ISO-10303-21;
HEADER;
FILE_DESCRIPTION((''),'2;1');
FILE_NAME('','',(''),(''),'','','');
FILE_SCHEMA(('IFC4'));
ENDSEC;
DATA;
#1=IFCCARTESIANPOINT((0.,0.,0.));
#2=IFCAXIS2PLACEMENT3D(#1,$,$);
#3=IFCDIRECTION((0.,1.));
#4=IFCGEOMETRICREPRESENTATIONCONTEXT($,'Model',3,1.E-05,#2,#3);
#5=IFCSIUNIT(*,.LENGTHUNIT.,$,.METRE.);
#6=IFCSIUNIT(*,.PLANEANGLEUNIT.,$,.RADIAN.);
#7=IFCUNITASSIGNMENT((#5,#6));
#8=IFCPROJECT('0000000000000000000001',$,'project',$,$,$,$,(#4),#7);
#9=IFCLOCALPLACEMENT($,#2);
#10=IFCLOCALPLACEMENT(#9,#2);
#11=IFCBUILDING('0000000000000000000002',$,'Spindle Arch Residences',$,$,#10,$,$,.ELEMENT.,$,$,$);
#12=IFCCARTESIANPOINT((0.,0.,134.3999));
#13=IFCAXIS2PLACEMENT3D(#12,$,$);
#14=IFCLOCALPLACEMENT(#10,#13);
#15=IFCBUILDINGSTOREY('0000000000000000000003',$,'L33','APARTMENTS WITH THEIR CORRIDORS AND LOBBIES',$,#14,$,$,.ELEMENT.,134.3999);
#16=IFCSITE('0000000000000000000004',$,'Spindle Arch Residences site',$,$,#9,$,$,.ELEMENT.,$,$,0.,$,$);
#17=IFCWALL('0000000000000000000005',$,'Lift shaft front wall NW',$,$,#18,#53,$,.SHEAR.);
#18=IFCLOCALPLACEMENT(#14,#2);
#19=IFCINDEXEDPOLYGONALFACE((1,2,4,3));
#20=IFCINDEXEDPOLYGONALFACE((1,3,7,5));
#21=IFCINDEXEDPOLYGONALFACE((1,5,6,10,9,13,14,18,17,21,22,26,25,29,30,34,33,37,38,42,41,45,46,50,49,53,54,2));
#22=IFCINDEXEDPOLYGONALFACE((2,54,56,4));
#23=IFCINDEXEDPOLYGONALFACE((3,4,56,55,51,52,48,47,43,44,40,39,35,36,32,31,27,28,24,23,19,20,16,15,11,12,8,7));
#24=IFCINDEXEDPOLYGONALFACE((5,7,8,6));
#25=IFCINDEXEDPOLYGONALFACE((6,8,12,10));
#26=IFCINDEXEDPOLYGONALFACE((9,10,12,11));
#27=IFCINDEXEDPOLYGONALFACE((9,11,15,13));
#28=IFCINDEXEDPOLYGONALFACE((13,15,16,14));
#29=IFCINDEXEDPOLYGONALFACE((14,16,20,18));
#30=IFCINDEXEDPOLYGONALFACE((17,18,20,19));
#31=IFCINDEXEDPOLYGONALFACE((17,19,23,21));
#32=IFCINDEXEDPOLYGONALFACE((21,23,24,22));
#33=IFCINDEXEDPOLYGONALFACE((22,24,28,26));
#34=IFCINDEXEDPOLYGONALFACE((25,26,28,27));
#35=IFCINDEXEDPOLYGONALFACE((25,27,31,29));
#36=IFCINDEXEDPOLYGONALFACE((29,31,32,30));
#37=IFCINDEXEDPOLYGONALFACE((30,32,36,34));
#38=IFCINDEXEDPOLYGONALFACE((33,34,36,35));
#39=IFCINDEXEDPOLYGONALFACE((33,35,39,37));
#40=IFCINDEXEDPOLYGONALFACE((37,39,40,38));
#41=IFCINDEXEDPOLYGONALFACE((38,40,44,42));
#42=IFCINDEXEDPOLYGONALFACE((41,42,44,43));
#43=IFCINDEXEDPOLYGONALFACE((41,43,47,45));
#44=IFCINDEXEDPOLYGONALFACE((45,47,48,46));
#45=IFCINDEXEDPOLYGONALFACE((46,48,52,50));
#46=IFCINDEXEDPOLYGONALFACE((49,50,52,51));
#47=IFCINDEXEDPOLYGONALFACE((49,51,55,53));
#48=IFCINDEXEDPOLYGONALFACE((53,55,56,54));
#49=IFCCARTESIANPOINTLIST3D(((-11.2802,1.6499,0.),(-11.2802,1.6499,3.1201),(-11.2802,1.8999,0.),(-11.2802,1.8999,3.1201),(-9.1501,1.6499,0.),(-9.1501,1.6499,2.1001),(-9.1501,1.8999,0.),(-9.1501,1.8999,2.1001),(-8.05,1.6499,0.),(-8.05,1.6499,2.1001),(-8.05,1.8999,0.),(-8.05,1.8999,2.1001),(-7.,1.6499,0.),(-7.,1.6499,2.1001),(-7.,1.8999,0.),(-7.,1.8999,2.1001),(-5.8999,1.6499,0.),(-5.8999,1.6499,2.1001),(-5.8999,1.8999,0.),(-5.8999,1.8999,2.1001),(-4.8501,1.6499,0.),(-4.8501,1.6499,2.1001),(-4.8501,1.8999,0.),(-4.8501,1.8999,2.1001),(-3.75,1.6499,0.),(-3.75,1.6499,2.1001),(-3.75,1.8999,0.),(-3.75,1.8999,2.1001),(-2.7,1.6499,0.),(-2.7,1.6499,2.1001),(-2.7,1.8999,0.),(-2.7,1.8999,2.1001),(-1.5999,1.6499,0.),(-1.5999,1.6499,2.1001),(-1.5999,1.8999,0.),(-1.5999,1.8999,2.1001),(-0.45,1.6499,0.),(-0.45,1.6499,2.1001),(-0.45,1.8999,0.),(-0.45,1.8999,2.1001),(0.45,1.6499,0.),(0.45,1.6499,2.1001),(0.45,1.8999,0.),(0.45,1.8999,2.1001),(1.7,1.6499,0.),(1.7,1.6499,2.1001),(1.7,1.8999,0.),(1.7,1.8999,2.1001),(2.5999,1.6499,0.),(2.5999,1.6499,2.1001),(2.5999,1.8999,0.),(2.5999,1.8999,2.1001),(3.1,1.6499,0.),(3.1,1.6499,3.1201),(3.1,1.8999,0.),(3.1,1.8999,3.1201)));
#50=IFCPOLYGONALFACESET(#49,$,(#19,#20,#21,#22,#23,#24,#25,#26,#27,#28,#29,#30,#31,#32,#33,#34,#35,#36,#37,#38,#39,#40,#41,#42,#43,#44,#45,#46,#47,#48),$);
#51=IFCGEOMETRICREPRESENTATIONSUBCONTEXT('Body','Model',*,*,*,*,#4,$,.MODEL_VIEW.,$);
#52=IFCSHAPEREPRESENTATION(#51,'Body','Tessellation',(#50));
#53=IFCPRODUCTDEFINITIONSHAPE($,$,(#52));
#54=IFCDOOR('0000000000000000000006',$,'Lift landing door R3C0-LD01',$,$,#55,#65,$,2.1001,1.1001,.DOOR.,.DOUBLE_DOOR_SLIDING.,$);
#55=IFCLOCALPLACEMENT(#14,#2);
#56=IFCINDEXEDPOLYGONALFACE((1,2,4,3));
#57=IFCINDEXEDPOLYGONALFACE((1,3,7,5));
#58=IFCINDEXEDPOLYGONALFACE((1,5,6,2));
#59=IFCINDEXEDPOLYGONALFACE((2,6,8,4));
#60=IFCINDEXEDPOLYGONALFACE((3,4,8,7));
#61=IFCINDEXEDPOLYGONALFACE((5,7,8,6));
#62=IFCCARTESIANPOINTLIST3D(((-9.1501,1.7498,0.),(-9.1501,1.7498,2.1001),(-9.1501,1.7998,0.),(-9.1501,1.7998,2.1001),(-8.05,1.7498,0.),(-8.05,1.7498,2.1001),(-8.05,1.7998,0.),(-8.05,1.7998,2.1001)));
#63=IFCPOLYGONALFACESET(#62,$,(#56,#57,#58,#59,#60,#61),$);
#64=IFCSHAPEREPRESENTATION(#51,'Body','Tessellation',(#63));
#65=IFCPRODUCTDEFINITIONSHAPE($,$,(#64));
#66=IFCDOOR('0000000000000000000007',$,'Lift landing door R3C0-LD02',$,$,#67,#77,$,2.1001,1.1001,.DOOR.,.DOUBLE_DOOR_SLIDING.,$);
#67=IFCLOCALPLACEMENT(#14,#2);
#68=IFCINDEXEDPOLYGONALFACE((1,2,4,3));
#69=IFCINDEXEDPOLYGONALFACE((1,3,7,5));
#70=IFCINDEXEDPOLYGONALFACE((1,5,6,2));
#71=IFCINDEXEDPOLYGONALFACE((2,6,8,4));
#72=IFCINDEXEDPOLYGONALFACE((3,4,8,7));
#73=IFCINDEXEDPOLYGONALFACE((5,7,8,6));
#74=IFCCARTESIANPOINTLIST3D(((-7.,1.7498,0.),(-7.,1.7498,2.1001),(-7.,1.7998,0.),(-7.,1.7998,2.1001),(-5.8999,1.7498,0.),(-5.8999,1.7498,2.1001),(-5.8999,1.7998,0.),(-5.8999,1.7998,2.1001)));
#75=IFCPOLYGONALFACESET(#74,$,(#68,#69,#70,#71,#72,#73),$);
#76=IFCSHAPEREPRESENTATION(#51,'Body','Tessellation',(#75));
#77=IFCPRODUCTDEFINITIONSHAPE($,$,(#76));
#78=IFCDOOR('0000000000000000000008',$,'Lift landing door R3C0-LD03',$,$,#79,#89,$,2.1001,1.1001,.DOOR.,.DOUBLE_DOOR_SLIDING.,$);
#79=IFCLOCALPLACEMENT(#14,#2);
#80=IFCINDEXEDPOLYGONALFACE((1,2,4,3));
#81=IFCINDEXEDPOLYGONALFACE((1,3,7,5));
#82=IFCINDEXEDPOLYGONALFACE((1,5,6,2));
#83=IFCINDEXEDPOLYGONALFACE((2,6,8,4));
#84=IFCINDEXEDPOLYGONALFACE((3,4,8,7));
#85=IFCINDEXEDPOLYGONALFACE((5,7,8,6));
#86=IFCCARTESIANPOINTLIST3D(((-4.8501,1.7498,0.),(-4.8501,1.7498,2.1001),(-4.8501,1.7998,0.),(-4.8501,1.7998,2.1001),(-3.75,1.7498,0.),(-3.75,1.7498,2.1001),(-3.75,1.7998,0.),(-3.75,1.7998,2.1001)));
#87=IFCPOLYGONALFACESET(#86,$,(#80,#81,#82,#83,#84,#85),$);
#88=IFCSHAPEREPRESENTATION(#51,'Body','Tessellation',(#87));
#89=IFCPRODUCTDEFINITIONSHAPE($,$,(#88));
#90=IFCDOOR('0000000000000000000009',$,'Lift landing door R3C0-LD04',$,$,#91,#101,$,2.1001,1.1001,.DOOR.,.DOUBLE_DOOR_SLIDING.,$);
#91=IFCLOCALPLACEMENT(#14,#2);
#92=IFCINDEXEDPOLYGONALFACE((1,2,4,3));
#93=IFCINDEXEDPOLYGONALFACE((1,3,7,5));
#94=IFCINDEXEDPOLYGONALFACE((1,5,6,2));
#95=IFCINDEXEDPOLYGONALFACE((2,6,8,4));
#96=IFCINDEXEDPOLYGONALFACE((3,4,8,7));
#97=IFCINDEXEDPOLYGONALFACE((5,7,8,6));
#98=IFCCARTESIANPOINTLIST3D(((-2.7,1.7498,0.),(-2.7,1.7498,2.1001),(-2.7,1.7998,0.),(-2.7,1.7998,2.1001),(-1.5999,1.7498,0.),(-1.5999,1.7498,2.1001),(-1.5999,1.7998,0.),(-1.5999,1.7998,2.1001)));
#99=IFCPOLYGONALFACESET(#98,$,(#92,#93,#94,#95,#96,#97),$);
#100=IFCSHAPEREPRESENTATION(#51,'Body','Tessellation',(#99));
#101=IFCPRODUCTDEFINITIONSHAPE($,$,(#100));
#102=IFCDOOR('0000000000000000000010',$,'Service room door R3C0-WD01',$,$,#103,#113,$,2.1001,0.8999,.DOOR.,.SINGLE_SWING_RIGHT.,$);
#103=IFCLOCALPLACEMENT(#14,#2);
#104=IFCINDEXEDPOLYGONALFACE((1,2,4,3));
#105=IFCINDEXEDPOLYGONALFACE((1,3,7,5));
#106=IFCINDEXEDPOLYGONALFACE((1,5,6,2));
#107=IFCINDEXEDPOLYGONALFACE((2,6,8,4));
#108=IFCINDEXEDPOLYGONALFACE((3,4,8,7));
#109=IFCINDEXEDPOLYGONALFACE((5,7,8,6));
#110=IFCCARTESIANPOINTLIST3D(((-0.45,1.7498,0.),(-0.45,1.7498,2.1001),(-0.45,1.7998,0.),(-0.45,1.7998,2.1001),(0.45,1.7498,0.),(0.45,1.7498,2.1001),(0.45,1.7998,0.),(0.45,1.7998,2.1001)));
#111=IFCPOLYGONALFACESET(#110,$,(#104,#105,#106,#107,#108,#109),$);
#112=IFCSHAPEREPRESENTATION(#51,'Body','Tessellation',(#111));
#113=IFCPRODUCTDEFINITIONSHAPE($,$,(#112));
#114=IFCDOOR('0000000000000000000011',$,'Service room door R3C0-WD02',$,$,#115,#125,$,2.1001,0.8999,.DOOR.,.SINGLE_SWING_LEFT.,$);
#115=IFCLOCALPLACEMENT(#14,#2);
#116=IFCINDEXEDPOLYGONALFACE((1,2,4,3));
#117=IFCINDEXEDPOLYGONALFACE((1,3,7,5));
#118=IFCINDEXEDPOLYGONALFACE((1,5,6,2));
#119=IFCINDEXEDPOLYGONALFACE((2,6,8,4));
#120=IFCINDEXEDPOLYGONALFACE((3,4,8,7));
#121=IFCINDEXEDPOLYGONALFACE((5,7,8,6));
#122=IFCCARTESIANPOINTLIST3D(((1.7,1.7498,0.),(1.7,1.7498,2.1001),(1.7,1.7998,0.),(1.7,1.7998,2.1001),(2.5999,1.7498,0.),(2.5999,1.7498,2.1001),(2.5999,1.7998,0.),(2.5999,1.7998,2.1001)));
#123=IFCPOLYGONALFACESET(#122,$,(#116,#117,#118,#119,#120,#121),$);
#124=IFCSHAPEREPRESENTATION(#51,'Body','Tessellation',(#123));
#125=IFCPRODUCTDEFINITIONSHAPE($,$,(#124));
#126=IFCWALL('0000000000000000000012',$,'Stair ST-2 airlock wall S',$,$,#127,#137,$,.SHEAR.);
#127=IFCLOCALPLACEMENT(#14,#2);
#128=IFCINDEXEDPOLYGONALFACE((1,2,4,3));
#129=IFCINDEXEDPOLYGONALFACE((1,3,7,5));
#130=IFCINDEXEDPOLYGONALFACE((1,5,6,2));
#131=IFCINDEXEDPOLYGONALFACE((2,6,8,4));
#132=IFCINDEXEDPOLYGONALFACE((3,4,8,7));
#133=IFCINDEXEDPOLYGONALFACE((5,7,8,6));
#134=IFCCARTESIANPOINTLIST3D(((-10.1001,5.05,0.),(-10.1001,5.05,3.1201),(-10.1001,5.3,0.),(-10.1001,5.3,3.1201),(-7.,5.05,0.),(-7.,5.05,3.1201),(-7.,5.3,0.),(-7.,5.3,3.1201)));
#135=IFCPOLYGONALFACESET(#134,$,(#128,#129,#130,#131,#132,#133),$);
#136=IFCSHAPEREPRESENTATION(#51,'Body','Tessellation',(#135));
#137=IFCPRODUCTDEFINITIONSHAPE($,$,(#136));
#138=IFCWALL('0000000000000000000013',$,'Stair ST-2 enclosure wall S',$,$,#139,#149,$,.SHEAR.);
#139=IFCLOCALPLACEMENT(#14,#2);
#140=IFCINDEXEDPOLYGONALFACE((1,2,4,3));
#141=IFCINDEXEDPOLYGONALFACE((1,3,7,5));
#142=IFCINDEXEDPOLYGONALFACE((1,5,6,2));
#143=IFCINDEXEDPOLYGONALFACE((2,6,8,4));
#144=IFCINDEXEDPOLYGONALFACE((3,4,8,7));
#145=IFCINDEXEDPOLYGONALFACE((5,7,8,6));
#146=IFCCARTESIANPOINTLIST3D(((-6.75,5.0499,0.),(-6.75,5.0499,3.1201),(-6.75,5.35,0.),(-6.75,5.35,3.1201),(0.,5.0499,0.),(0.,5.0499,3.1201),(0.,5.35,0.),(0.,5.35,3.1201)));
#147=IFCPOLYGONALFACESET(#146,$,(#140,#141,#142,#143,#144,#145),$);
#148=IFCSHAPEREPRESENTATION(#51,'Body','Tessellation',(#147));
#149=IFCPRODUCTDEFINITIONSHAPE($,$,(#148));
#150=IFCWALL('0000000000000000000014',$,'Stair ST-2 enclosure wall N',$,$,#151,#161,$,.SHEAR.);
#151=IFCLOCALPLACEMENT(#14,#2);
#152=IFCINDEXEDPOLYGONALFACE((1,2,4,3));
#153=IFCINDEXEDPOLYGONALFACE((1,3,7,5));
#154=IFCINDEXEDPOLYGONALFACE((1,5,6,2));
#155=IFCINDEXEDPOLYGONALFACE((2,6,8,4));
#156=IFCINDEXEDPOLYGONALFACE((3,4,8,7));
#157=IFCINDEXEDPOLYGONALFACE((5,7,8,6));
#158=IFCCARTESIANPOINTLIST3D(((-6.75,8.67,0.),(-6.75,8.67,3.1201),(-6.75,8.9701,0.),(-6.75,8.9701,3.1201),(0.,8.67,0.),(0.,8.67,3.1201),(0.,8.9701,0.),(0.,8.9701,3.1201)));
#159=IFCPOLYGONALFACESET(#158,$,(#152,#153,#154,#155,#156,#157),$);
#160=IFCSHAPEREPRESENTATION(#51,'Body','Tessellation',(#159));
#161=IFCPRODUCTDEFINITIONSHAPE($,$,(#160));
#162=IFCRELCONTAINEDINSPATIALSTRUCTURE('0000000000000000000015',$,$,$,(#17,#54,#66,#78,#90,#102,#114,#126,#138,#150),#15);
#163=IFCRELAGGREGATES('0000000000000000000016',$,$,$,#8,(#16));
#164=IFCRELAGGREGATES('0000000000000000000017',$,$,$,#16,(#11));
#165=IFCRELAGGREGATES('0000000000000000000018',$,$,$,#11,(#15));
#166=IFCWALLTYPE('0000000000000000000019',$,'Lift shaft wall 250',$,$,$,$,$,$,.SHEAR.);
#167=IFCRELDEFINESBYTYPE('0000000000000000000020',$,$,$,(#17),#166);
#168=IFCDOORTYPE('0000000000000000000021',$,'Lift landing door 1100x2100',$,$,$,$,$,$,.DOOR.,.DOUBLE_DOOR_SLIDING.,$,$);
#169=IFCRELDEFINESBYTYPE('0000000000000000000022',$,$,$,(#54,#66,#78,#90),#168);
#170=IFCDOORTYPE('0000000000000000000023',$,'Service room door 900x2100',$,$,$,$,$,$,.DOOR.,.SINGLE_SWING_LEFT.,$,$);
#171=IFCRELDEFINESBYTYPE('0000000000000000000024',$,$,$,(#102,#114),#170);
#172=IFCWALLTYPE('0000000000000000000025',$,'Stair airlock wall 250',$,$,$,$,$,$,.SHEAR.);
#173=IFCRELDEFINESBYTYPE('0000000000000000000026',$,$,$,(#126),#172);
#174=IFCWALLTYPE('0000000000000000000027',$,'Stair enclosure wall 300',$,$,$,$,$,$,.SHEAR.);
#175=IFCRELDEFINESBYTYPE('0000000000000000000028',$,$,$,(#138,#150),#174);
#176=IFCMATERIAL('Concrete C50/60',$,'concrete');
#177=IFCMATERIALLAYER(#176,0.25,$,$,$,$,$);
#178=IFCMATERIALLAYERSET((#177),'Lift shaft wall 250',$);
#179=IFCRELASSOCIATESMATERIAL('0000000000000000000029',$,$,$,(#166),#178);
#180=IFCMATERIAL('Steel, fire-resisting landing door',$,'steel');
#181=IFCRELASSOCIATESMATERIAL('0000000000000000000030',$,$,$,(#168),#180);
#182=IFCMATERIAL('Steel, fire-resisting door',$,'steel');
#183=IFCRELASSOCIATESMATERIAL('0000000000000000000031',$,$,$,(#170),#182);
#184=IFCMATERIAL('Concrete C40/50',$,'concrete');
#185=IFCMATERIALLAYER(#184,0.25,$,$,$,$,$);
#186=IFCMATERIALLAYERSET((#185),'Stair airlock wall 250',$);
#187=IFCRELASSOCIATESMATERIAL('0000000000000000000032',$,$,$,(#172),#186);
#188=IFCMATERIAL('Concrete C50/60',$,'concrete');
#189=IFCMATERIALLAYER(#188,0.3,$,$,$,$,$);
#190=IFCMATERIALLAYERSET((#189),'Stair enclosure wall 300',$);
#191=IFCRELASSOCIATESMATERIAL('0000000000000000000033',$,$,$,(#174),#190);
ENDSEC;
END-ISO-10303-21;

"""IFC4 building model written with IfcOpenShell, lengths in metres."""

from ifc_helpers import new_model, si_unit, direction, frame, frame_2d, origin, place, context, subcontext, project, spatial, rectangle, extrude, material, layer, layer_set, type_object, element, fill, save


model = new_model("IFC4")

# Units and contexts
model_context = context("Model", 3, precision=1e-05, world=origin(), true_north=direction((0.0, 1.0)))
body_context = subcontext(model_context, "Body", "Model", "MODEL_VIEW")
ifc_project = project(units=[si_unit("LENGTHUNIT", "METRE"), si_unit("PLANEANGLEUNIT", "RADIAN")], contexts=[model_context])

# Site, building, storey
site_placement = place(None, origin())
site = spatial("IfcSite", under=ifc_project, at=site_placement, Name="Spindle Arch Residences site", CompositionType="ELEMENT", RefElevation=0.0)
building_placement = place(site_placement, origin())
building = spatial("IfcBuilding", under=site, at=building_placement, Name="Spindle Arch Residences", CompositionType="ELEMENT")
storey_placement = place(building_placement, frame((0.0, 0.0, 134.3999)))
storey = spatial("IfcBuildingStorey", under=building, at=storey_placement, Name="L33", Description="APARTMENTS WITH THEIR CORRIDORS AND LOBBIES", CompositionType="ELEMENT", Elevation=134.3999)

# Wall, openings, doors
ifc_material_1 = material(Name="Concrete C50/60", Category="concrete")
ifc_layer_1 = layer(ifc_material_1, 0.25)
ifc_layer_set_1 = layer_set([ifc_layer_1], Name="Lift shaft wall 250")
wall_type_1 = type_object("IfcWallType", Name="Lift shaft wall 250", PredefinedType="SHEAR", material=ifc_layer_set_1)
wall_1_placement = place(storey_placement, frame((-11.28, 1.7749, 0.0), z_axis=(0.0, 0.0, 1.0), x_axis=(1.0, 0.0, 0.0)))
wall_1 = element("IfcWall", 1, at=wall_1_placement, inside=storey, type_object=wall_type_1, Name="Lift shaft front wall NW", PredefinedType="SHEAR", context=body_context, shape_type="SweptSolid", body=[
    extrude(rectangle(XDim=14.3801, YDim=0.25, at=frame_2d((7.1899, 0.0))), origin(), (0.0, 0.0, 1.0), 3.1201),
])
opening_1_placement = place(wall_1_placement, frame((2.1299, 0.0, 0.0)))
opening_1 = element("IfcOpeningElement", 2, at=opening_1_placement, cuts=wall_1, PredefinedType="OPENING", context=body_context, shape_type="SweptSolid", body=[
    extrude(rectangle(XDim=1.1001, YDim=2.1001, at=frame_2d((0.55, 1.05))), frame((0.0, 0.135, 0.0), z_axis=(0.0, -1.0, 0.0), x_axis=(1.0, 0.0, 0.0)), (0.0, 0.0, 1.0), 0.27),
])
opening_2_placement = place(wall_1_placement, frame((4.28, 0.0, 0.0)))
opening_2 = element("IfcOpeningElement", 3, at=opening_2_placement, cuts=wall_1, PredefinedType="OPENING", context=body_context, shape_type="SweptSolid", body=[
    extrude(rectangle(XDim=1.1001, YDim=2.1001, at=frame_2d((0.55, 1.05))), frame((0.0, 0.135, 0.0), z_axis=(0.0, -1.0, 0.0), x_axis=(1.0, 0.0, 0.0)), (0.0, 0.0, 1.0), 0.27),
])
opening_3_placement = place(wall_1_placement, frame((6.4299, 0.0, 0.0)))
opening_3 = element("IfcOpeningElement", 4, at=opening_3_placement, cuts=wall_1, PredefinedType="OPENING", context=body_context, shape_type="SweptSolid", body=[
    extrude(rectangle(XDim=1.1001, YDim=2.1001, at=frame_2d((0.55, 1.05))), frame((0.0, 0.135, 0.0), z_axis=(0.0, -1.0, 0.0), x_axis=(1.0, 0.0, 0.0)), (0.0, 0.0, 1.0), 0.27),
])
opening_4_placement = place(wall_1_placement, frame((8.5801, 0.0, 0.0)))
opening_4 = element("IfcOpeningElement", 5, at=opening_4_placement, cuts=wall_1, PredefinedType="OPENING", context=body_context, shape_type="SweptSolid", body=[
    extrude(rectangle(XDim=1.1001, YDim=2.1001, at=frame_2d((0.55, 1.05))), frame((0.0, 0.135, 0.0), z_axis=(0.0, -1.0, 0.0), x_axis=(1.0, 0.0, 0.0)), (0.0, 0.0, 1.0), 0.27),
])
opening_5_placement = place(wall_1_placement, frame((10.8301, 0.0, 0.0)))
opening_5 = element("IfcOpeningElement", 6, at=opening_5_placement, cuts=wall_1, PredefinedType="OPENING", context=body_context, shape_type="SweptSolid", body=[
    extrude(rectangle(XDim=0.8999, YDim=2.1001, at=frame_2d((0.45, 1.05))), frame((0.0, 0.135, 0.0), z_axis=(0.0, -1.0, 0.0), x_axis=(1.0, 0.0, 0.0)), (0.0, 0.0, 1.0), 0.27),
])
opening_6_placement = place(wall_1_placement, frame((12.98, 0.0, 0.0)))
opening_6 = element("IfcOpeningElement", 7, at=opening_6_placement, cuts=wall_1, PredefinedType="OPENING", context=body_context, shape_type="SweptSolid", body=[
    extrude(rectangle(XDim=0.8999, YDim=2.1001, at=frame_2d((0.45, 1.05))), frame((0.0, 0.135, 0.0), z_axis=(0.0, -1.0, 0.0), x_axis=(1.0, 0.0, 0.0)), (0.0, 0.0, 1.0), 0.27),
])
ifc_material_2 = material(Name="Steel, fire-resisting landing door", Category="steel")
door_type_1 = type_object("IfcDoorType", Name="Lift landing door 1100x2100", OperationType="DOUBLE_DOOR_SLIDING", PredefinedType="DOOR", material=ifc_material_2)
door_1_placement = place(opening_1_placement, origin())
door_1 = element("IfcDoor", 8, at=door_1_placement, inside=storey, type_object=door_type_1, Name="Lift landing door R3C0-LD01", OperationType="DOUBLE_DOOR_SLIDING", OverallHeight=2.1001, OverallWidth=1.1001, PredefinedType="DOOR", context=body_context, shape_type="SweptSolid", body=[
    extrude(rectangle(XDim=1.1001, YDim=2.1001, at=frame_2d((0.55, 1.05))), frame((0.0, 0.0249, 0.0), z_axis=(0.0, -1.0, 0.0), x_axis=(1.0, 0.0, 0.0)), (0.0, 0.0, 1.0), 0.05),
])
fill(opening_1, door_1)
door_2_placement = place(opening_2_placement, origin())
door_2 = element("IfcDoor", 9, at=door_2_placement, inside=storey, type_object=door_type_1, Name="Lift landing door R3C0-LD02", OperationType="DOUBLE_DOOR_SLIDING", OverallHeight=2.1001, OverallWidth=1.1001, PredefinedType="DOOR", context=body_context, shape_type="SweptSolid", body=[
    extrude(rectangle(XDim=1.1001, YDim=2.1001, at=frame_2d((0.55, 1.05))), frame((0.0, 0.0249, 0.0), z_axis=(0.0, -1.0, 0.0), x_axis=(1.0, 0.0, 0.0)), (0.0, 0.0, 1.0), 0.05),
])
fill(opening_2, door_2)
door_3_placement = place(opening_3_placement, origin())
door_3 = element("IfcDoor", 10, at=door_3_placement, inside=storey, type_object=door_type_1, Name="Lift landing door R3C0-LD03", OperationType="DOUBLE_DOOR_SLIDING", OverallHeight=2.1001, OverallWidth=1.1001, PredefinedType="DOOR", context=body_context, shape_type="SweptSolid", body=[
    extrude(rectangle(XDim=1.1001, YDim=2.1001, at=frame_2d((0.55, 1.05))), frame((0.0, 0.0249, 0.0), z_axis=(0.0, -1.0, 0.0), x_axis=(1.0, 0.0, 0.0)), (0.0, 0.0, 1.0), 0.05),
])
fill(opening_3, door_3)
door_4_placement = place(opening_4_placement, origin())
door_4 = element("IfcDoor", 11, at=door_4_placement, inside=storey, type_object=door_type_1, Name="Lift landing door R3C0-LD04", OperationType="DOUBLE_DOOR_SLIDING", OverallHeight=2.1001, OverallWidth=1.1001, PredefinedType="DOOR", context=body_context, shape_type="SweptSolid", body=[
    extrude(rectangle(XDim=1.1001, YDim=2.1001, at=frame_2d((0.55, 1.05))), frame((0.0, 0.0249, 0.0), z_axis=(0.0, -1.0, 0.0), x_axis=(1.0, 0.0, 0.0)), (0.0, 0.0, 1.0), 0.05),
])
fill(opening_4, door_4)
ifc_material_3 = material(Name="Steel, fire-resisting door", Category="steel")
door_type_2 = type_object("IfcDoorType", Name="Service room door 900x2100", OperationType="SINGLE_SWING_LEFT", PredefinedType="DOOR", material=ifc_material_3)
door_5_placement = place(opening_5_placement, origin())
door_5 = element("IfcDoor", 12, at=door_5_placement, inside=storey, type_object=door_type_2, Name="Service room door R3C0-WD01", OperationType="SINGLE_SWING_RIGHT", OverallHeight=2.1001, OverallWidth=0.8999, PredefinedType="DOOR", context=body_context, shape_type="SweptSolid", body=[
    extrude(rectangle(XDim=0.8999, YDim=2.1001, at=frame_2d((0.45, 1.05))), frame((0.0, 0.0249, 0.0), z_axis=(0.0, -1.0, 0.0), x_axis=(1.0, 0.0, 0.0)), (0.0, 0.0, 1.0), 0.05),
])
fill(opening_5, door_5)
door_6_placement = place(opening_6_placement, origin())
door_6 = element("IfcDoor", 13, at=door_6_placement, inside=storey, type_object=door_type_2, Name="Service room door R3C0-WD02", OperationType="SINGLE_SWING_LEFT", OverallHeight=2.1001, OverallWidth=0.8999, PredefinedType="DOOR", context=body_context, shape_type="SweptSolid", body=[
    extrude(rectangle(XDim=0.8999, YDim=2.1001, at=frame_2d((0.45, 1.05))), frame((0.0, 0.0249, 0.0), z_axis=(0.0, -1.0, 0.0), x_axis=(1.0, 0.0, 0.0)), (0.0, 0.0, 1.0), 0.05),
])
fill(opening_6, door_6)

# Walls
ifc_material_4 = material(Name="Concrete C40/50", Category="concrete")
ifc_layer_2 = layer(ifc_material_4, 0.25)
ifc_layer_set_2 = layer_set([ifc_layer_2], Name="Stair airlock wall 250")
wall_type_2 = type_object("IfcWallType", Name="Stair airlock wall 250", PredefinedType="SHEAR", material=ifc_layer_set_2)
wall_2_placement = place(storey_placement, frame((-7.0, 5.175, 0.0), z_axis=(0.0, 0.0, 1.0), x_axis=(-1.0, 0.0, 0.0)))
element("IfcWall", 14, at=wall_2_placement, inside=storey, type_object=wall_type_2, Name="Stair ST-2 airlock wall S", PredefinedType="SHEAR", context=body_context, shape_type="SweptSolid", body=[
    extrude(rectangle(XDim=3.1001, YDim=0.25, at=frame_2d((1.55, 0.0))), origin(), (0.0, 0.0, 1.0), 3.1201),
])
ifc_material_5 = material(Name="Concrete C50/60", Category="concrete")
ifc_layer_3 = layer(ifc_material_5, 0.3)
ifc_layer_set_3 = layer_set([ifc_layer_3], Name="Stair enclosure wall 300")
wall_type_3 = type_object("IfcWallType", Name="Stair enclosure wall 300", PredefinedType="SHEAR", material=ifc_layer_set_3)
for number, where, z_axis, x_axis, name in (
    (15, (-6.75, 5.2, 0.0), (0.0, 0.0, 1.0), (1.0, 0.0, 0.0), "Stair ST-2 enclosure wall S"),
    (16, (-6.75, 8.8201, 0.0), (0.0, 0.0, 1.0), (1.0, 0.0, 0.0), "Stair ST-2 enclosure wall N"),
):
    element("IfcWall", number, at=place(storey_placement, frame(where, z_axis=z_axis, x_axis=x_axis)), inside=storey, type_object=wall_type_3, Name=name, PredefinedType="SHEAR", context=body_context, shape_type="SweptSolid", body=[
        extrude(rectangle(XDim=6.75, YDim=0.3, at=frame_2d((3.375, 0.0))), origin(), (0.0, 0.0, 1.0), 3.1201),
    ])

save(model, "model.ifc")
